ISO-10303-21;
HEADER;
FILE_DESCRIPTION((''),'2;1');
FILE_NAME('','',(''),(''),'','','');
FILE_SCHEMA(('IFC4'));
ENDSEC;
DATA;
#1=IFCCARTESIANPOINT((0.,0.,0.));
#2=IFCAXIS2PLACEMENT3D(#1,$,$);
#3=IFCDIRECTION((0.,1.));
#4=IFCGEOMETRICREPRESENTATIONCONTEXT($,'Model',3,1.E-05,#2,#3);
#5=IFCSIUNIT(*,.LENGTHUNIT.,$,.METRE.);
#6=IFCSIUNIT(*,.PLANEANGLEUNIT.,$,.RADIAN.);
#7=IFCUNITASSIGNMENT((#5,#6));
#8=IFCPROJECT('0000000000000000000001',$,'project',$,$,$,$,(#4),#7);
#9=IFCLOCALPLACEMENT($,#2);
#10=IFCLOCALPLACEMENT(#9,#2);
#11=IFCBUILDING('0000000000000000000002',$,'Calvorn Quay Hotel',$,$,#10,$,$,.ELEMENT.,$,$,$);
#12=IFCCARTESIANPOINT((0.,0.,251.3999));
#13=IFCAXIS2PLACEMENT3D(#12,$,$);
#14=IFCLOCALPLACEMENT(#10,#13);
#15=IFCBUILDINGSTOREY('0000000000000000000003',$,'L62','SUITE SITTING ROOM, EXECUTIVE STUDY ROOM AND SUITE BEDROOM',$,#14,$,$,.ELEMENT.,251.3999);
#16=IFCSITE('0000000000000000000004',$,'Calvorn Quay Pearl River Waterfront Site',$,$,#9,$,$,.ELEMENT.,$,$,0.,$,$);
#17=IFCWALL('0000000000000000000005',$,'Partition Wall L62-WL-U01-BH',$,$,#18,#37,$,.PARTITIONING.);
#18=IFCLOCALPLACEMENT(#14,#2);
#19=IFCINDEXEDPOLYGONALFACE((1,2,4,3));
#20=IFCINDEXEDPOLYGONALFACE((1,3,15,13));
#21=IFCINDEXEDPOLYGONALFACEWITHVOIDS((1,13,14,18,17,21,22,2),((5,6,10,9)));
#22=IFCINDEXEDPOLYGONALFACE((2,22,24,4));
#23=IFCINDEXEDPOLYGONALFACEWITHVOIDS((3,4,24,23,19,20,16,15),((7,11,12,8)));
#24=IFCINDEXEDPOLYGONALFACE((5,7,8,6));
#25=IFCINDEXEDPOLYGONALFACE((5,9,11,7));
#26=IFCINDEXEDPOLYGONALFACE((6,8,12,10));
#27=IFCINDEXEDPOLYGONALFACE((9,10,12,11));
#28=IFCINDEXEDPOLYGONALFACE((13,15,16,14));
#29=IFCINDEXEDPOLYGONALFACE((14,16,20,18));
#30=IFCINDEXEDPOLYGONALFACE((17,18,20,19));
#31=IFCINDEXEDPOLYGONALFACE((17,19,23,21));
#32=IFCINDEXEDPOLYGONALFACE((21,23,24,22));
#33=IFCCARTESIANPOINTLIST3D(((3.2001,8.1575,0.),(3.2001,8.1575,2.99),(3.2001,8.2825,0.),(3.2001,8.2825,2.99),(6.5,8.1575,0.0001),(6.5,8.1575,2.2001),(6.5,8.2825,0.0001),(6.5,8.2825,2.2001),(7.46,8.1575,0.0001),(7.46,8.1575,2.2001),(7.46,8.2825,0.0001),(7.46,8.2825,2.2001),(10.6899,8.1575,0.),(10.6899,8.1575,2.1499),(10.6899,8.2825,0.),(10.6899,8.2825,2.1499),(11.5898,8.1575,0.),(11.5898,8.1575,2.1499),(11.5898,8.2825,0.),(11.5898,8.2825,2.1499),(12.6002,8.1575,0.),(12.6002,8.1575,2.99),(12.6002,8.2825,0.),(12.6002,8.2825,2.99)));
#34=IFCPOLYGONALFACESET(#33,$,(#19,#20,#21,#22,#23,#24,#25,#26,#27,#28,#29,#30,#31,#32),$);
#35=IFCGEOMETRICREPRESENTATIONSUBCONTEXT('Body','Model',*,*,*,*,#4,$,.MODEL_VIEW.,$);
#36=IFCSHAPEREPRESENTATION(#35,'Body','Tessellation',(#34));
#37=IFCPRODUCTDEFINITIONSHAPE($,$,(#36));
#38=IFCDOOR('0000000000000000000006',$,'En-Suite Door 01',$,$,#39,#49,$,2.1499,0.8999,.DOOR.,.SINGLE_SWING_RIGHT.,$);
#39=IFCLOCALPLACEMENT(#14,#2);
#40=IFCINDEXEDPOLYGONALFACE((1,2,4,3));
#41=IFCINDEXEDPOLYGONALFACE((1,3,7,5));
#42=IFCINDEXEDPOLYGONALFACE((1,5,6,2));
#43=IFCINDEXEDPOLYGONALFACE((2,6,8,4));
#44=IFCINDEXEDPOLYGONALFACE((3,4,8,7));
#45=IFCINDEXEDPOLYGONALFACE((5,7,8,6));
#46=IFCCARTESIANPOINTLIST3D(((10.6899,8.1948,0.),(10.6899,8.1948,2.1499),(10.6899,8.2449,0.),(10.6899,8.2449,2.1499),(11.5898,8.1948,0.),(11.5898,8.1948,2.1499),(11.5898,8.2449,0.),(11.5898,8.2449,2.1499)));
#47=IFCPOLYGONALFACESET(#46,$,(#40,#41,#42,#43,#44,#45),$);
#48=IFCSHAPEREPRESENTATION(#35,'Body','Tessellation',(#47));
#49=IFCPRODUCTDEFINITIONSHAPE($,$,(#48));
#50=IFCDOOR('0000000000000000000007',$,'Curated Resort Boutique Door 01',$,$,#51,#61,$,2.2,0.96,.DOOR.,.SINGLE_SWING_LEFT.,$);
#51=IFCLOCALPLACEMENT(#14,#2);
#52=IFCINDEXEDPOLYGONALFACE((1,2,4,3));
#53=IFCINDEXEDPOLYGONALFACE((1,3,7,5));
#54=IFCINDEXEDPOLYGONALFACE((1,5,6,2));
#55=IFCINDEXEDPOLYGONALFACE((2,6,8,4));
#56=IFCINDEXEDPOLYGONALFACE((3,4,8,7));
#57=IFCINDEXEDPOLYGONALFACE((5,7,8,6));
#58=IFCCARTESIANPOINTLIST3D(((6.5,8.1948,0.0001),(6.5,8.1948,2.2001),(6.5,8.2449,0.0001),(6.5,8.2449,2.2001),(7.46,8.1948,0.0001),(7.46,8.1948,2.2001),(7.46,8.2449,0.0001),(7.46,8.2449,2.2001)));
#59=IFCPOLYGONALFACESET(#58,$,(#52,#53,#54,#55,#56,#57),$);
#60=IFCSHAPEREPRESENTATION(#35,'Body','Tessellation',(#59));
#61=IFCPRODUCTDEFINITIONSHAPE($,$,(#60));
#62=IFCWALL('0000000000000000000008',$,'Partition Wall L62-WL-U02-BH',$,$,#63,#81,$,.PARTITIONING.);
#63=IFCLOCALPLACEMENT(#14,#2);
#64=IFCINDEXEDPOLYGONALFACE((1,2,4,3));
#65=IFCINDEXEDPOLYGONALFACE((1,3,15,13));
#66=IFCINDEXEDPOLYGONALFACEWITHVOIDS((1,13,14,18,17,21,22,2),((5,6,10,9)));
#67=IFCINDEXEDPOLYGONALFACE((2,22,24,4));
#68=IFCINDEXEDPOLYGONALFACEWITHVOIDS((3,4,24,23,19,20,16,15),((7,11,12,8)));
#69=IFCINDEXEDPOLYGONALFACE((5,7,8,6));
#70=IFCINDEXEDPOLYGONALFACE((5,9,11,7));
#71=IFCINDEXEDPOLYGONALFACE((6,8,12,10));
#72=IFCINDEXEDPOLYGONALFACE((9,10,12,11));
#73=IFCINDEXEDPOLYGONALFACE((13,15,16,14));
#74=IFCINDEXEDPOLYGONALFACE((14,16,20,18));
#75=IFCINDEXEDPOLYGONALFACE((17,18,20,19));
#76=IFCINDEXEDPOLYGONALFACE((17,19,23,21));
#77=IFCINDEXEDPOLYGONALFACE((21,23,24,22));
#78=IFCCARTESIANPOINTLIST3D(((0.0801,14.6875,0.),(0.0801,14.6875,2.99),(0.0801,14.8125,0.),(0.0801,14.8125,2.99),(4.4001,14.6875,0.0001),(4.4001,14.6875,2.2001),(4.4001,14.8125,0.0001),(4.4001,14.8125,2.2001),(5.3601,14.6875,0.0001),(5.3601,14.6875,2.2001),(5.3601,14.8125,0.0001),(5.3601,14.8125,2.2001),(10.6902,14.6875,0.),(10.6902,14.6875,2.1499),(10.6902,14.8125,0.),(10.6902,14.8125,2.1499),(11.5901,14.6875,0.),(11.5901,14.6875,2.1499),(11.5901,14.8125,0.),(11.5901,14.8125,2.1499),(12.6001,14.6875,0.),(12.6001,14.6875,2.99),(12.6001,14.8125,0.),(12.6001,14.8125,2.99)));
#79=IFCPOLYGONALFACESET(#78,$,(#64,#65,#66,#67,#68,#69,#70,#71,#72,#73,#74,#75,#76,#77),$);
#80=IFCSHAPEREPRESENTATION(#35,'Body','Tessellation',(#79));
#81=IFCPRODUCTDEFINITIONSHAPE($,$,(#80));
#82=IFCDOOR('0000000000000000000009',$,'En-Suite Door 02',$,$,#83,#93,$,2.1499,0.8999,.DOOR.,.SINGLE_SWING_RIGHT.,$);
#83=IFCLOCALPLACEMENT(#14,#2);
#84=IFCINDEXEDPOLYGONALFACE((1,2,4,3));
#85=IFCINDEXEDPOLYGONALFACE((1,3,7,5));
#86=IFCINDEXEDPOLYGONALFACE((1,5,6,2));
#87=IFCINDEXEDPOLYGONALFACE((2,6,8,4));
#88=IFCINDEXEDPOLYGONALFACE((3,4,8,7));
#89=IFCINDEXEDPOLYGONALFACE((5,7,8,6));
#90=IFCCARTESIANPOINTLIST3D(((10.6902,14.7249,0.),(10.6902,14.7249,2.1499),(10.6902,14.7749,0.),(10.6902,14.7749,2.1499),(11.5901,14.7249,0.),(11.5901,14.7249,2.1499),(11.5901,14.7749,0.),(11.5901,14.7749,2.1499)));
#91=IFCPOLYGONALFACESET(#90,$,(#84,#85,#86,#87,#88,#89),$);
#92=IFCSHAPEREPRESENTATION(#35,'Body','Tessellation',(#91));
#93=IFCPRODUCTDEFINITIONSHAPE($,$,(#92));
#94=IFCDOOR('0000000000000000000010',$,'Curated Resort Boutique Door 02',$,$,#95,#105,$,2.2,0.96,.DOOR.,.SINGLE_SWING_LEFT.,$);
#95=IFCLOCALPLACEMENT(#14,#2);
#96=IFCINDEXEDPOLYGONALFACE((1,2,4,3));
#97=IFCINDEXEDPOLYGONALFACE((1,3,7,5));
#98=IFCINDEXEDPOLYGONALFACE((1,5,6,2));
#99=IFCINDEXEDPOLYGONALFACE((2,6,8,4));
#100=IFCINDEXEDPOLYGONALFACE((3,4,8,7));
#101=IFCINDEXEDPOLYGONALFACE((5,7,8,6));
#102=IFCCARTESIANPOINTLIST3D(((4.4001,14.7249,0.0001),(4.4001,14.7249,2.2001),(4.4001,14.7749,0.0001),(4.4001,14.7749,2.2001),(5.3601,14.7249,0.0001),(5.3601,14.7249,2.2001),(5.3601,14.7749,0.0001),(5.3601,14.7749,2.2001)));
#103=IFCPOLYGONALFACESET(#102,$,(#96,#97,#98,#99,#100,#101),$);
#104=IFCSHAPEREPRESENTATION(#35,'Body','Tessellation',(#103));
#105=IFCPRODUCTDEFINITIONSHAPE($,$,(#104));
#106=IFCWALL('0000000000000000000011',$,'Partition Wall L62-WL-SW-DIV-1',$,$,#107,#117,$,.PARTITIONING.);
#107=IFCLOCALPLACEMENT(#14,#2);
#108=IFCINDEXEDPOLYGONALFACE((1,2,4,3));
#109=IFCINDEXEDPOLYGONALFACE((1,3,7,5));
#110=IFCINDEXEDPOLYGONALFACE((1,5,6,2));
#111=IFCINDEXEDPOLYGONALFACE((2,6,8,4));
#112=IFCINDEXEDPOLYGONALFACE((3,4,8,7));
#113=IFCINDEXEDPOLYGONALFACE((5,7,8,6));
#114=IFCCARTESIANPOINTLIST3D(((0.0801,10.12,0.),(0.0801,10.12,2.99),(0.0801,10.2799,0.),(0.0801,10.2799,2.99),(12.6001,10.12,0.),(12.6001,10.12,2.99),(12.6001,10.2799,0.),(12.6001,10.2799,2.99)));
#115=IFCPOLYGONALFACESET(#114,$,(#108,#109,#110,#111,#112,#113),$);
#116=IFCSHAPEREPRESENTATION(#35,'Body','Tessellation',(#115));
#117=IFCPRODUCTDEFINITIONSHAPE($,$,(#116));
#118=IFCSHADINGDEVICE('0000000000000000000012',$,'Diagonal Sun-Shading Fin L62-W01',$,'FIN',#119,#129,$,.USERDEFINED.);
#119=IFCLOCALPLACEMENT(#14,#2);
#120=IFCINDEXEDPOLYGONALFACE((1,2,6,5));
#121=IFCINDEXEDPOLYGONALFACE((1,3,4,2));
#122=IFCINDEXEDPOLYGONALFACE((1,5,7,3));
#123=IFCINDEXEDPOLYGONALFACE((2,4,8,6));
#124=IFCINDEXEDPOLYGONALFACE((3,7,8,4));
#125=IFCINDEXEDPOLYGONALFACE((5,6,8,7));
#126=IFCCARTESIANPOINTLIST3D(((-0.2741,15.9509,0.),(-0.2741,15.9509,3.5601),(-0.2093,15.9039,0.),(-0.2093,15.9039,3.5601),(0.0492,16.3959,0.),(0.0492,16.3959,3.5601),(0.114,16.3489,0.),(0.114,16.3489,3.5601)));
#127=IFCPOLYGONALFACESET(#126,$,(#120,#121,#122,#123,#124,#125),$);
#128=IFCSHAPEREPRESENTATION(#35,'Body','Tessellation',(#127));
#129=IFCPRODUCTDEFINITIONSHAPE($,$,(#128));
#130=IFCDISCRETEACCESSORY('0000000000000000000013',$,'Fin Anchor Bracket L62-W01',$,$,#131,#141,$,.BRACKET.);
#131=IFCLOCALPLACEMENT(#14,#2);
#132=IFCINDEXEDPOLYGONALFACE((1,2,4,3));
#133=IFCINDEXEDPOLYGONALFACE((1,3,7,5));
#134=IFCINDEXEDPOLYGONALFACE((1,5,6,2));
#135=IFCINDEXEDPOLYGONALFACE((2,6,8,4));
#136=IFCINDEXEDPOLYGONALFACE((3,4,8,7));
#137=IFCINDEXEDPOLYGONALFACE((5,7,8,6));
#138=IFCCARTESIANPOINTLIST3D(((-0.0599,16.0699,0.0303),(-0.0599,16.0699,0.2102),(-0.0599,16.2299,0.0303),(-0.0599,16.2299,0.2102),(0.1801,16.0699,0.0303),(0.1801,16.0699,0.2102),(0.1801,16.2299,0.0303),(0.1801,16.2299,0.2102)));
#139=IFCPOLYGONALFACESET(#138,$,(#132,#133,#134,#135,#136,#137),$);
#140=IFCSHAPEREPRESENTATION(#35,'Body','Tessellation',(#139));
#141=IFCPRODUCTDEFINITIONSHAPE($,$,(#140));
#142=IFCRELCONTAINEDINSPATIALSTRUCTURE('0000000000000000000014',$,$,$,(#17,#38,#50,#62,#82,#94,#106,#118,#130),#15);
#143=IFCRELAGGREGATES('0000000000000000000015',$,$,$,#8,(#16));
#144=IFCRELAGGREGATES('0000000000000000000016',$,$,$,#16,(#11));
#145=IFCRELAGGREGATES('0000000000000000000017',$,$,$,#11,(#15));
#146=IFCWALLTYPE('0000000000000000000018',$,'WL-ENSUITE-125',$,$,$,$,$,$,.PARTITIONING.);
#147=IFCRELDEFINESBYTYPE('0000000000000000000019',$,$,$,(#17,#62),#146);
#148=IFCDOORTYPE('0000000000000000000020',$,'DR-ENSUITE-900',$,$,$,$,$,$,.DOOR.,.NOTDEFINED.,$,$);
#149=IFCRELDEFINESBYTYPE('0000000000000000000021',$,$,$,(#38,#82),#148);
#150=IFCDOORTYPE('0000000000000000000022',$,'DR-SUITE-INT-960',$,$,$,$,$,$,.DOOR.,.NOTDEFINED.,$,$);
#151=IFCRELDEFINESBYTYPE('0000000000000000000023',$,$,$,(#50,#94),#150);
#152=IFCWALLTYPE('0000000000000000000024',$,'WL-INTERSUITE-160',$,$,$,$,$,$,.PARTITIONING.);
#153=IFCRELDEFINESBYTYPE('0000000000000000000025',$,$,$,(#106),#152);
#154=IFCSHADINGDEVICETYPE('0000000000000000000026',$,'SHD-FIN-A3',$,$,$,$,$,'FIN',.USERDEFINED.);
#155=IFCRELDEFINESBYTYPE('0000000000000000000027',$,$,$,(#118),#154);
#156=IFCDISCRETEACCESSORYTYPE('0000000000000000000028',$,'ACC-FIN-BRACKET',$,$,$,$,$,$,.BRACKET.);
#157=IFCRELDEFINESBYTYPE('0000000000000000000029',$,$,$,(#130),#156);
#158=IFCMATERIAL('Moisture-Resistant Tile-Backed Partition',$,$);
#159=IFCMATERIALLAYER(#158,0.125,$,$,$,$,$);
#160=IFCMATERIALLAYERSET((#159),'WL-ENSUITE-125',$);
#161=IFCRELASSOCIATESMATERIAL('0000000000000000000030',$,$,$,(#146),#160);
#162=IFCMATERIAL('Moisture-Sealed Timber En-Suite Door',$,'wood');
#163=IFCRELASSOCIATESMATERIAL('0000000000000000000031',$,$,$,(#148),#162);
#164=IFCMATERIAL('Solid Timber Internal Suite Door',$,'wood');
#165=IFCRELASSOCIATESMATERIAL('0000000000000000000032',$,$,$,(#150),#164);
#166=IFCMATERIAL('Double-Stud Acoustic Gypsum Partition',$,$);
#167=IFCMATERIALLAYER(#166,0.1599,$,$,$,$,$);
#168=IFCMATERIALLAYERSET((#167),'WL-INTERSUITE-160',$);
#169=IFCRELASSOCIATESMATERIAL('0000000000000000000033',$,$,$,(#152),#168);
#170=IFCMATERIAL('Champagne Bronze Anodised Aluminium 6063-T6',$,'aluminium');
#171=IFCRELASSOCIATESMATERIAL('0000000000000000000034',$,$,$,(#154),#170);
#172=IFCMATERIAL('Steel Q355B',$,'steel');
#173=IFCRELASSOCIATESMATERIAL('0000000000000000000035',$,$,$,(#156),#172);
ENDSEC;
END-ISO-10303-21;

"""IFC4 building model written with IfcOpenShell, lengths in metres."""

from ifc_helpers import new_model, si_unit, direction, frame, frame_2d, origin, origin_2d, place, context, subcontext, project, spatial, rectangle, extrude, material, layer, layer_set, type_object, element, fill, save


model = new_model("IFC4")

# Units and contexts
model_context = context("Model", 3, precision=1e-05, world=origin(), true_north=direction((0.0, 1.0)))
body_context = subcontext(model_context, "Body", "Model", "MODEL_VIEW")
ifc_project = project(units=[si_unit("LENGTHUNIT", "METRE"), si_unit("PLANEANGLEUNIT", "RADIAN")], contexts=[model_context])

# Site, building, storey
site_placement = place(None, origin())
site = spatial("IfcSite", under=ifc_project, at=site_placement, Name="Calvorn Quay Pearl River Waterfront Site", CompositionType="ELEMENT", RefElevation=0.0)
building_placement = place(site_placement, origin())
building = spatial("IfcBuilding", under=site, at=building_placement, Name="Calvorn Quay Hotel", CompositionType="ELEMENT")
storey_placement = place(building_placement, frame((0.0, 0.0, 251.3999)))
storey = spatial("IfcBuildingStorey", under=building, at=storey_placement, Name="L62", Description="SUITE SITTING ROOM, EXECUTIVE STUDY ROOM AND SUITE BEDROOM", CompositionType="ELEMENT", Elevation=251.3999)

# Walls, openings, doors
ifc_material_1 = material(Name="Moisture-Resistant Tile-Backed Partition")
ifc_layer_1 = layer(ifc_material_1, 0.125)
ifc_layer_set_1 = layer_set([ifc_layer_1], Name="WL-ENSUITE-125")
wall_type_1 = type_object("IfcWallType", Name="WL-ENSUITE-125", PredefinedType="PARTITIONING", material=ifc_layer_set_1)
wall_1_placement = place(storey_placement, frame((3.2, 8.22, 0.0), z_axis=(0.0, 0.0, 1.0), x_axis=(1.0, 0.0, 0.0)))
wall_1 = element("IfcWall", 1, at=wall_1_placement, inside=storey, type_object=wall_type_1, Name="Partition Wall L62-WL-U01-BH", PredefinedType="PARTITIONING", context=body_context, shape_type="SweptSolid", body=[
    extrude(rectangle(XDim=9.4001, YDim=0.125, at=frame_2d((4.7002, 0.0))), origin(), (0.0, 0.0, 1.0), 2.99),
])
opening_1_placement = place(wall_1_placement, frame((3.3, 0.0, 0.0)))
opening_1 = element("IfcOpeningElement", 2, at=opening_1_placement, cuts=wall_1, PredefinedType="OPENING", context=body_context, shape_type="SweptSolid", body=[
    extrude(rectangle(XDim=0.96, YDim=2.2, at=frame_2d((0.48, 1.1001))), frame((0.0, 0.0725, 0.0), z_axis=(0.0, -1.0, 0.0), x_axis=(1.0, 0.0, 0.0)), (0.0, 0.0, 1.0), 0.145),
])
opening_2_placement = place(wall_1_placement, frame((7.49, 0.0, 0.0)))
opening_2 = element("IfcOpeningElement", 3, at=opening_2_placement, cuts=wall_1, PredefinedType="OPENING", context=body_context, shape_type="SweptSolid", body=[
    extrude(rectangle(XDim=0.8999, YDim=2.1499, at=frame_2d((0.45, 1.075))), frame((0.0, 0.0725, 0.0), z_axis=(0.0, -1.0, 0.0), x_axis=(1.0, 0.0, 0.0)), (0.0, 0.0, 1.0), 0.145),
])
ifc_material_2 = material(Name="Moisture-Sealed Timber En-Suite Door", Category="wood")
door_type_1 = type_object("IfcDoorType", Name="DR-ENSUITE-900", OperationType="NOTDEFINED", PredefinedType="DOOR", material=ifc_material_2)
door_1_placement = place(opening_2_placement, origin())
door_1 = element("IfcDoor", 4, at=door_1_placement, inside=storey, type_object=door_type_1, Name="En-Suite Door 01", OperationType="SINGLE_SWING_RIGHT", OverallHeight=2.1499, OverallWidth=0.8999, PredefinedType="DOOR", context=body_context, shape_type="SweptSolid", body=[
    extrude(rectangle(XDim=0.8999, YDim=2.1499, at=frame_2d((0.45, 1.075))), frame((0.0, 0.0249, 0.0), z_axis=(0.0, -1.0, 0.0), x_axis=(1.0, 0.0, 0.0)), (0.0, 0.0, 1.0), 0.05),
])
fill(opening_2, door_1)
ifc_material_3 = material(Name="Solid Timber Internal Suite Door", Category="wood")
door_type_2 = type_object("IfcDoorType", Name="DR-SUITE-INT-960", OperationType="NOTDEFINED", PredefinedType="DOOR", material=ifc_material_3)
door_2_placement = place(opening_1_placement, origin())
door_2 = element("IfcDoor", 5, at=door_2_placement, inside=storey, type_object=door_type_2, Name="Curated Resort Boutique Door 01", OperationType="SINGLE_SWING_LEFT", OverallHeight=2.2, OverallWidth=0.96, PredefinedType="DOOR", context=body_context, shape_type="SweptSolid", body=[
    extrude(rectangle(XDim=0.96, YDim=2.2, at=frame_2d((0.48, 1.1001))), frame((0.0, 0.0249, 0.0), z_axis=(0.0, -1.0, 0.0), x_axis=(1.0, 0.0, 0.0)), (0.0, 0.0, 1.0), 0.05),
])
fill(opening_1, door_2)
wall_2_placement = place(storey_placement, frame((0.0801, 14.75, 0.0), z_axis=(0.0, 0.0, 1.0), x_axis=(1.0, 0.0, 0.0)))
wall_2 = element("IfcWall", 6, at=wall_2_placement, inside=storey, type_object=wall_type_1, Name="Partition Wall L62-WL-U02-BH", PredefinedType="PARTITIONING", context=body_context, shape_type="SweptSolid", body=[
    extrude(rectangle(XDim=12.52, YDim=0.125, at=frame_2d((6.26, 0.0))), origin(), (0.0, 0.0, 1.0), 2.99),
])
opening_3_placement = place(wall_2_placement, frame((4.3201, 0.0, 0.0)))
opening_3 = element("IfcOpeningElement", 7, at=opening_3_placement, cuts=wall_2, PredefinedType="OPENING", context=body_context, shape_type="SweptSolid", body=[
    extrude(rectangle(XDim=0.96, YDim=2.2, at=frame_2d((0.48, 1.1001))), frame((0.0, 0.0725, 0.0), z_axis=(0.0, -1.0, 0.0), x_axis=(1.0, 0.0, 0.0)), (0.0, 0.0, 1.0), 0.145),
])
opening_4_placement = place(wall_2_placement, frame((10.6101, 0.0, 0.0)))
opening_4 = element("IfcOpeningElement", 8, at=opening_4_placement, cuts=wall_2, PredefinedType="OPENING", context=body_context, shape_type="SweptSolid", body=[
    extrude(rectangle(XDim=0.8999, YDim=2.1499, at=frame_2d((0.45, 1.075))), frame((0.0, 0.0725, 0.0), z_axis=(0.0, -1.0, 0.0), x_axis=(1.0, 0.0, 0.0)), (0.0, 0.0, 1.0), 0.145),
])
door_3_placement = place(opening_4_placement, origin())
door_3 = element("IfcDoor", 9, at=door_3_placement, inside=storey, type_object=door_type_1, Name="En-Suite Door 02", OperationType="SINGLE_SWING_RIGHT", OverallHeight=2.1499, OverallWidth=0.8999, PredefinedType="DOOR", context=body_context, shape_type="SweptSolid", body=[
    extrude(rectangle(XDim=0.8999, YDim=2.1499, at=frame_2d((0.45, 1.075))), frame((0.0, 0.0249, 0.0), z_axis=(0.0, -1.0, 0.0), x_axis=(1.0, 0.0, 0.0)), (0.0, 0.0, 1.0), 0.05),
])
fill(opening_4, door_3)
door_4_placement = place(opening_3_placement, origin())
door_4 = element("IfcDoor", 10, at=door_4_placement, inside=storey, type_object=door_type_2, Name="Curated Resort Boutique Door 02", OperationType="SINGLE_SWING_LEFT", OverallHeight=2.2, OverallWidth=0.96, PredefinedType="DOOR", context=body_context, shape_type="SweptSolid", body=[
    extrude(rectangle(XDim=0.96, YDim=2.2, at=frame_2d((0.48, 1.1001))), frame((0.0, 0.0249, 0.0), z_axis=(0.0, -1.0, 0.0), x_axis=(1.0, 0.0, 0.0)), (0.0, 0.0, 1.0), 0.05),
])
fill(opening_3, door_4)

# Wall
ifc_material_4 = material(Name="Double-Stud Acoustic Gypsum Partition")
ifc_layer_2 = layer(ifc_material_4, 0.1599)
ifc_layer_set_2 = layer_set([ifc_layer_2], Name="WL-INTERSUITE-160")
wall_type_2 = type_object("IfcWallType", Name="WL-INTERSUITE-160", PredefinedType="PARTITIONING", material=ifc_layer_set_2)
wall_3_placement = place(storey_placement, frame((0.0801, 10.2, 0.0), z_axis=(0.0, 0.0, 1.0), x_axis=(1.0, 0.0, 0.0)))
element("IfcWall", 11, at=wall_3_placement, inside=storey, type_object=wall_type_2, Name="Partition Wall L62-WL-SW-DIV-1", PredefinedType="PARTITIONING", context=body_context, shape_type="SweptSolid", body=[
    extrude(rectangle(XDim=12.52, YDim=0.1599, at=frame_2d((6.26, 0.0))), origin(), (0.0, 0.0, 1.0), 2.99),
])

# Shading device
ifc_material_5 = material(Name="Champagne Bronze Anodised Aluminium 6063-T6", Category="aluminium")
shading_device_type = type_object("IfcShadingDeviceType", Name="SHD-FIN-A3", ElementType="FIN", PredefinedType="USERDEFINED", material=ifc_material_5)
shading_device_placement = place(storey_placement, frame((-0.0801, 16.1499, 0.0), z_axis=(0.0, 0.0, 1.0), x_axis=(0.587785, 0.809017, 0.0)))
element("IfcShadingDevice", 12, at=shading_device_placement, inside=storey, type_object=shading_device_type, Name="Diagonal Sun-Shading Fin L62-W01", ObjectType="FIN", PredefinedType="USERDEFINED", context=body_context, shape_type="SweptSolid", body=[
    extrude(rectangle(XDim=0.55, YDim=0.0801, at=origin_2d()), origin(), (0.0, 0.0, 1.0), 3.5601),
])

# Discrete accessory
ifc_material_6 = material(Name="Steel Q355B", Category="steel")
discrete_accessory_type = type_object("IfcDiscreteAccessoryType", Name="ACC-FIN-BRACKET", PredefinedType="BRACKET", material=ifc_material_6)
discrete_accessory_placement = place(storey_placement, frame((0.0601, 16.1499, 0.0303), z_axis=(0.0, 0.0, 1.0), x_axis=(1.0, 0.0, 0.0)))
element("IfcDiscreteAccessory", 13, at=discrete_accessory_placement, inside=storey, type_object=discrete_accessory_type, Name="Fin Anchor Bracket L62-W01", PredefinedType="BRACKET", context=body_context, shape_type="SweptSolid", body=[
    extrude(rectangle(XDim=0.24, YDim=0.1599, at=origin_2d()), origin(), (0.0, 0.0, 1.0), 0.1799),
])

save(model, "model.ifc")
